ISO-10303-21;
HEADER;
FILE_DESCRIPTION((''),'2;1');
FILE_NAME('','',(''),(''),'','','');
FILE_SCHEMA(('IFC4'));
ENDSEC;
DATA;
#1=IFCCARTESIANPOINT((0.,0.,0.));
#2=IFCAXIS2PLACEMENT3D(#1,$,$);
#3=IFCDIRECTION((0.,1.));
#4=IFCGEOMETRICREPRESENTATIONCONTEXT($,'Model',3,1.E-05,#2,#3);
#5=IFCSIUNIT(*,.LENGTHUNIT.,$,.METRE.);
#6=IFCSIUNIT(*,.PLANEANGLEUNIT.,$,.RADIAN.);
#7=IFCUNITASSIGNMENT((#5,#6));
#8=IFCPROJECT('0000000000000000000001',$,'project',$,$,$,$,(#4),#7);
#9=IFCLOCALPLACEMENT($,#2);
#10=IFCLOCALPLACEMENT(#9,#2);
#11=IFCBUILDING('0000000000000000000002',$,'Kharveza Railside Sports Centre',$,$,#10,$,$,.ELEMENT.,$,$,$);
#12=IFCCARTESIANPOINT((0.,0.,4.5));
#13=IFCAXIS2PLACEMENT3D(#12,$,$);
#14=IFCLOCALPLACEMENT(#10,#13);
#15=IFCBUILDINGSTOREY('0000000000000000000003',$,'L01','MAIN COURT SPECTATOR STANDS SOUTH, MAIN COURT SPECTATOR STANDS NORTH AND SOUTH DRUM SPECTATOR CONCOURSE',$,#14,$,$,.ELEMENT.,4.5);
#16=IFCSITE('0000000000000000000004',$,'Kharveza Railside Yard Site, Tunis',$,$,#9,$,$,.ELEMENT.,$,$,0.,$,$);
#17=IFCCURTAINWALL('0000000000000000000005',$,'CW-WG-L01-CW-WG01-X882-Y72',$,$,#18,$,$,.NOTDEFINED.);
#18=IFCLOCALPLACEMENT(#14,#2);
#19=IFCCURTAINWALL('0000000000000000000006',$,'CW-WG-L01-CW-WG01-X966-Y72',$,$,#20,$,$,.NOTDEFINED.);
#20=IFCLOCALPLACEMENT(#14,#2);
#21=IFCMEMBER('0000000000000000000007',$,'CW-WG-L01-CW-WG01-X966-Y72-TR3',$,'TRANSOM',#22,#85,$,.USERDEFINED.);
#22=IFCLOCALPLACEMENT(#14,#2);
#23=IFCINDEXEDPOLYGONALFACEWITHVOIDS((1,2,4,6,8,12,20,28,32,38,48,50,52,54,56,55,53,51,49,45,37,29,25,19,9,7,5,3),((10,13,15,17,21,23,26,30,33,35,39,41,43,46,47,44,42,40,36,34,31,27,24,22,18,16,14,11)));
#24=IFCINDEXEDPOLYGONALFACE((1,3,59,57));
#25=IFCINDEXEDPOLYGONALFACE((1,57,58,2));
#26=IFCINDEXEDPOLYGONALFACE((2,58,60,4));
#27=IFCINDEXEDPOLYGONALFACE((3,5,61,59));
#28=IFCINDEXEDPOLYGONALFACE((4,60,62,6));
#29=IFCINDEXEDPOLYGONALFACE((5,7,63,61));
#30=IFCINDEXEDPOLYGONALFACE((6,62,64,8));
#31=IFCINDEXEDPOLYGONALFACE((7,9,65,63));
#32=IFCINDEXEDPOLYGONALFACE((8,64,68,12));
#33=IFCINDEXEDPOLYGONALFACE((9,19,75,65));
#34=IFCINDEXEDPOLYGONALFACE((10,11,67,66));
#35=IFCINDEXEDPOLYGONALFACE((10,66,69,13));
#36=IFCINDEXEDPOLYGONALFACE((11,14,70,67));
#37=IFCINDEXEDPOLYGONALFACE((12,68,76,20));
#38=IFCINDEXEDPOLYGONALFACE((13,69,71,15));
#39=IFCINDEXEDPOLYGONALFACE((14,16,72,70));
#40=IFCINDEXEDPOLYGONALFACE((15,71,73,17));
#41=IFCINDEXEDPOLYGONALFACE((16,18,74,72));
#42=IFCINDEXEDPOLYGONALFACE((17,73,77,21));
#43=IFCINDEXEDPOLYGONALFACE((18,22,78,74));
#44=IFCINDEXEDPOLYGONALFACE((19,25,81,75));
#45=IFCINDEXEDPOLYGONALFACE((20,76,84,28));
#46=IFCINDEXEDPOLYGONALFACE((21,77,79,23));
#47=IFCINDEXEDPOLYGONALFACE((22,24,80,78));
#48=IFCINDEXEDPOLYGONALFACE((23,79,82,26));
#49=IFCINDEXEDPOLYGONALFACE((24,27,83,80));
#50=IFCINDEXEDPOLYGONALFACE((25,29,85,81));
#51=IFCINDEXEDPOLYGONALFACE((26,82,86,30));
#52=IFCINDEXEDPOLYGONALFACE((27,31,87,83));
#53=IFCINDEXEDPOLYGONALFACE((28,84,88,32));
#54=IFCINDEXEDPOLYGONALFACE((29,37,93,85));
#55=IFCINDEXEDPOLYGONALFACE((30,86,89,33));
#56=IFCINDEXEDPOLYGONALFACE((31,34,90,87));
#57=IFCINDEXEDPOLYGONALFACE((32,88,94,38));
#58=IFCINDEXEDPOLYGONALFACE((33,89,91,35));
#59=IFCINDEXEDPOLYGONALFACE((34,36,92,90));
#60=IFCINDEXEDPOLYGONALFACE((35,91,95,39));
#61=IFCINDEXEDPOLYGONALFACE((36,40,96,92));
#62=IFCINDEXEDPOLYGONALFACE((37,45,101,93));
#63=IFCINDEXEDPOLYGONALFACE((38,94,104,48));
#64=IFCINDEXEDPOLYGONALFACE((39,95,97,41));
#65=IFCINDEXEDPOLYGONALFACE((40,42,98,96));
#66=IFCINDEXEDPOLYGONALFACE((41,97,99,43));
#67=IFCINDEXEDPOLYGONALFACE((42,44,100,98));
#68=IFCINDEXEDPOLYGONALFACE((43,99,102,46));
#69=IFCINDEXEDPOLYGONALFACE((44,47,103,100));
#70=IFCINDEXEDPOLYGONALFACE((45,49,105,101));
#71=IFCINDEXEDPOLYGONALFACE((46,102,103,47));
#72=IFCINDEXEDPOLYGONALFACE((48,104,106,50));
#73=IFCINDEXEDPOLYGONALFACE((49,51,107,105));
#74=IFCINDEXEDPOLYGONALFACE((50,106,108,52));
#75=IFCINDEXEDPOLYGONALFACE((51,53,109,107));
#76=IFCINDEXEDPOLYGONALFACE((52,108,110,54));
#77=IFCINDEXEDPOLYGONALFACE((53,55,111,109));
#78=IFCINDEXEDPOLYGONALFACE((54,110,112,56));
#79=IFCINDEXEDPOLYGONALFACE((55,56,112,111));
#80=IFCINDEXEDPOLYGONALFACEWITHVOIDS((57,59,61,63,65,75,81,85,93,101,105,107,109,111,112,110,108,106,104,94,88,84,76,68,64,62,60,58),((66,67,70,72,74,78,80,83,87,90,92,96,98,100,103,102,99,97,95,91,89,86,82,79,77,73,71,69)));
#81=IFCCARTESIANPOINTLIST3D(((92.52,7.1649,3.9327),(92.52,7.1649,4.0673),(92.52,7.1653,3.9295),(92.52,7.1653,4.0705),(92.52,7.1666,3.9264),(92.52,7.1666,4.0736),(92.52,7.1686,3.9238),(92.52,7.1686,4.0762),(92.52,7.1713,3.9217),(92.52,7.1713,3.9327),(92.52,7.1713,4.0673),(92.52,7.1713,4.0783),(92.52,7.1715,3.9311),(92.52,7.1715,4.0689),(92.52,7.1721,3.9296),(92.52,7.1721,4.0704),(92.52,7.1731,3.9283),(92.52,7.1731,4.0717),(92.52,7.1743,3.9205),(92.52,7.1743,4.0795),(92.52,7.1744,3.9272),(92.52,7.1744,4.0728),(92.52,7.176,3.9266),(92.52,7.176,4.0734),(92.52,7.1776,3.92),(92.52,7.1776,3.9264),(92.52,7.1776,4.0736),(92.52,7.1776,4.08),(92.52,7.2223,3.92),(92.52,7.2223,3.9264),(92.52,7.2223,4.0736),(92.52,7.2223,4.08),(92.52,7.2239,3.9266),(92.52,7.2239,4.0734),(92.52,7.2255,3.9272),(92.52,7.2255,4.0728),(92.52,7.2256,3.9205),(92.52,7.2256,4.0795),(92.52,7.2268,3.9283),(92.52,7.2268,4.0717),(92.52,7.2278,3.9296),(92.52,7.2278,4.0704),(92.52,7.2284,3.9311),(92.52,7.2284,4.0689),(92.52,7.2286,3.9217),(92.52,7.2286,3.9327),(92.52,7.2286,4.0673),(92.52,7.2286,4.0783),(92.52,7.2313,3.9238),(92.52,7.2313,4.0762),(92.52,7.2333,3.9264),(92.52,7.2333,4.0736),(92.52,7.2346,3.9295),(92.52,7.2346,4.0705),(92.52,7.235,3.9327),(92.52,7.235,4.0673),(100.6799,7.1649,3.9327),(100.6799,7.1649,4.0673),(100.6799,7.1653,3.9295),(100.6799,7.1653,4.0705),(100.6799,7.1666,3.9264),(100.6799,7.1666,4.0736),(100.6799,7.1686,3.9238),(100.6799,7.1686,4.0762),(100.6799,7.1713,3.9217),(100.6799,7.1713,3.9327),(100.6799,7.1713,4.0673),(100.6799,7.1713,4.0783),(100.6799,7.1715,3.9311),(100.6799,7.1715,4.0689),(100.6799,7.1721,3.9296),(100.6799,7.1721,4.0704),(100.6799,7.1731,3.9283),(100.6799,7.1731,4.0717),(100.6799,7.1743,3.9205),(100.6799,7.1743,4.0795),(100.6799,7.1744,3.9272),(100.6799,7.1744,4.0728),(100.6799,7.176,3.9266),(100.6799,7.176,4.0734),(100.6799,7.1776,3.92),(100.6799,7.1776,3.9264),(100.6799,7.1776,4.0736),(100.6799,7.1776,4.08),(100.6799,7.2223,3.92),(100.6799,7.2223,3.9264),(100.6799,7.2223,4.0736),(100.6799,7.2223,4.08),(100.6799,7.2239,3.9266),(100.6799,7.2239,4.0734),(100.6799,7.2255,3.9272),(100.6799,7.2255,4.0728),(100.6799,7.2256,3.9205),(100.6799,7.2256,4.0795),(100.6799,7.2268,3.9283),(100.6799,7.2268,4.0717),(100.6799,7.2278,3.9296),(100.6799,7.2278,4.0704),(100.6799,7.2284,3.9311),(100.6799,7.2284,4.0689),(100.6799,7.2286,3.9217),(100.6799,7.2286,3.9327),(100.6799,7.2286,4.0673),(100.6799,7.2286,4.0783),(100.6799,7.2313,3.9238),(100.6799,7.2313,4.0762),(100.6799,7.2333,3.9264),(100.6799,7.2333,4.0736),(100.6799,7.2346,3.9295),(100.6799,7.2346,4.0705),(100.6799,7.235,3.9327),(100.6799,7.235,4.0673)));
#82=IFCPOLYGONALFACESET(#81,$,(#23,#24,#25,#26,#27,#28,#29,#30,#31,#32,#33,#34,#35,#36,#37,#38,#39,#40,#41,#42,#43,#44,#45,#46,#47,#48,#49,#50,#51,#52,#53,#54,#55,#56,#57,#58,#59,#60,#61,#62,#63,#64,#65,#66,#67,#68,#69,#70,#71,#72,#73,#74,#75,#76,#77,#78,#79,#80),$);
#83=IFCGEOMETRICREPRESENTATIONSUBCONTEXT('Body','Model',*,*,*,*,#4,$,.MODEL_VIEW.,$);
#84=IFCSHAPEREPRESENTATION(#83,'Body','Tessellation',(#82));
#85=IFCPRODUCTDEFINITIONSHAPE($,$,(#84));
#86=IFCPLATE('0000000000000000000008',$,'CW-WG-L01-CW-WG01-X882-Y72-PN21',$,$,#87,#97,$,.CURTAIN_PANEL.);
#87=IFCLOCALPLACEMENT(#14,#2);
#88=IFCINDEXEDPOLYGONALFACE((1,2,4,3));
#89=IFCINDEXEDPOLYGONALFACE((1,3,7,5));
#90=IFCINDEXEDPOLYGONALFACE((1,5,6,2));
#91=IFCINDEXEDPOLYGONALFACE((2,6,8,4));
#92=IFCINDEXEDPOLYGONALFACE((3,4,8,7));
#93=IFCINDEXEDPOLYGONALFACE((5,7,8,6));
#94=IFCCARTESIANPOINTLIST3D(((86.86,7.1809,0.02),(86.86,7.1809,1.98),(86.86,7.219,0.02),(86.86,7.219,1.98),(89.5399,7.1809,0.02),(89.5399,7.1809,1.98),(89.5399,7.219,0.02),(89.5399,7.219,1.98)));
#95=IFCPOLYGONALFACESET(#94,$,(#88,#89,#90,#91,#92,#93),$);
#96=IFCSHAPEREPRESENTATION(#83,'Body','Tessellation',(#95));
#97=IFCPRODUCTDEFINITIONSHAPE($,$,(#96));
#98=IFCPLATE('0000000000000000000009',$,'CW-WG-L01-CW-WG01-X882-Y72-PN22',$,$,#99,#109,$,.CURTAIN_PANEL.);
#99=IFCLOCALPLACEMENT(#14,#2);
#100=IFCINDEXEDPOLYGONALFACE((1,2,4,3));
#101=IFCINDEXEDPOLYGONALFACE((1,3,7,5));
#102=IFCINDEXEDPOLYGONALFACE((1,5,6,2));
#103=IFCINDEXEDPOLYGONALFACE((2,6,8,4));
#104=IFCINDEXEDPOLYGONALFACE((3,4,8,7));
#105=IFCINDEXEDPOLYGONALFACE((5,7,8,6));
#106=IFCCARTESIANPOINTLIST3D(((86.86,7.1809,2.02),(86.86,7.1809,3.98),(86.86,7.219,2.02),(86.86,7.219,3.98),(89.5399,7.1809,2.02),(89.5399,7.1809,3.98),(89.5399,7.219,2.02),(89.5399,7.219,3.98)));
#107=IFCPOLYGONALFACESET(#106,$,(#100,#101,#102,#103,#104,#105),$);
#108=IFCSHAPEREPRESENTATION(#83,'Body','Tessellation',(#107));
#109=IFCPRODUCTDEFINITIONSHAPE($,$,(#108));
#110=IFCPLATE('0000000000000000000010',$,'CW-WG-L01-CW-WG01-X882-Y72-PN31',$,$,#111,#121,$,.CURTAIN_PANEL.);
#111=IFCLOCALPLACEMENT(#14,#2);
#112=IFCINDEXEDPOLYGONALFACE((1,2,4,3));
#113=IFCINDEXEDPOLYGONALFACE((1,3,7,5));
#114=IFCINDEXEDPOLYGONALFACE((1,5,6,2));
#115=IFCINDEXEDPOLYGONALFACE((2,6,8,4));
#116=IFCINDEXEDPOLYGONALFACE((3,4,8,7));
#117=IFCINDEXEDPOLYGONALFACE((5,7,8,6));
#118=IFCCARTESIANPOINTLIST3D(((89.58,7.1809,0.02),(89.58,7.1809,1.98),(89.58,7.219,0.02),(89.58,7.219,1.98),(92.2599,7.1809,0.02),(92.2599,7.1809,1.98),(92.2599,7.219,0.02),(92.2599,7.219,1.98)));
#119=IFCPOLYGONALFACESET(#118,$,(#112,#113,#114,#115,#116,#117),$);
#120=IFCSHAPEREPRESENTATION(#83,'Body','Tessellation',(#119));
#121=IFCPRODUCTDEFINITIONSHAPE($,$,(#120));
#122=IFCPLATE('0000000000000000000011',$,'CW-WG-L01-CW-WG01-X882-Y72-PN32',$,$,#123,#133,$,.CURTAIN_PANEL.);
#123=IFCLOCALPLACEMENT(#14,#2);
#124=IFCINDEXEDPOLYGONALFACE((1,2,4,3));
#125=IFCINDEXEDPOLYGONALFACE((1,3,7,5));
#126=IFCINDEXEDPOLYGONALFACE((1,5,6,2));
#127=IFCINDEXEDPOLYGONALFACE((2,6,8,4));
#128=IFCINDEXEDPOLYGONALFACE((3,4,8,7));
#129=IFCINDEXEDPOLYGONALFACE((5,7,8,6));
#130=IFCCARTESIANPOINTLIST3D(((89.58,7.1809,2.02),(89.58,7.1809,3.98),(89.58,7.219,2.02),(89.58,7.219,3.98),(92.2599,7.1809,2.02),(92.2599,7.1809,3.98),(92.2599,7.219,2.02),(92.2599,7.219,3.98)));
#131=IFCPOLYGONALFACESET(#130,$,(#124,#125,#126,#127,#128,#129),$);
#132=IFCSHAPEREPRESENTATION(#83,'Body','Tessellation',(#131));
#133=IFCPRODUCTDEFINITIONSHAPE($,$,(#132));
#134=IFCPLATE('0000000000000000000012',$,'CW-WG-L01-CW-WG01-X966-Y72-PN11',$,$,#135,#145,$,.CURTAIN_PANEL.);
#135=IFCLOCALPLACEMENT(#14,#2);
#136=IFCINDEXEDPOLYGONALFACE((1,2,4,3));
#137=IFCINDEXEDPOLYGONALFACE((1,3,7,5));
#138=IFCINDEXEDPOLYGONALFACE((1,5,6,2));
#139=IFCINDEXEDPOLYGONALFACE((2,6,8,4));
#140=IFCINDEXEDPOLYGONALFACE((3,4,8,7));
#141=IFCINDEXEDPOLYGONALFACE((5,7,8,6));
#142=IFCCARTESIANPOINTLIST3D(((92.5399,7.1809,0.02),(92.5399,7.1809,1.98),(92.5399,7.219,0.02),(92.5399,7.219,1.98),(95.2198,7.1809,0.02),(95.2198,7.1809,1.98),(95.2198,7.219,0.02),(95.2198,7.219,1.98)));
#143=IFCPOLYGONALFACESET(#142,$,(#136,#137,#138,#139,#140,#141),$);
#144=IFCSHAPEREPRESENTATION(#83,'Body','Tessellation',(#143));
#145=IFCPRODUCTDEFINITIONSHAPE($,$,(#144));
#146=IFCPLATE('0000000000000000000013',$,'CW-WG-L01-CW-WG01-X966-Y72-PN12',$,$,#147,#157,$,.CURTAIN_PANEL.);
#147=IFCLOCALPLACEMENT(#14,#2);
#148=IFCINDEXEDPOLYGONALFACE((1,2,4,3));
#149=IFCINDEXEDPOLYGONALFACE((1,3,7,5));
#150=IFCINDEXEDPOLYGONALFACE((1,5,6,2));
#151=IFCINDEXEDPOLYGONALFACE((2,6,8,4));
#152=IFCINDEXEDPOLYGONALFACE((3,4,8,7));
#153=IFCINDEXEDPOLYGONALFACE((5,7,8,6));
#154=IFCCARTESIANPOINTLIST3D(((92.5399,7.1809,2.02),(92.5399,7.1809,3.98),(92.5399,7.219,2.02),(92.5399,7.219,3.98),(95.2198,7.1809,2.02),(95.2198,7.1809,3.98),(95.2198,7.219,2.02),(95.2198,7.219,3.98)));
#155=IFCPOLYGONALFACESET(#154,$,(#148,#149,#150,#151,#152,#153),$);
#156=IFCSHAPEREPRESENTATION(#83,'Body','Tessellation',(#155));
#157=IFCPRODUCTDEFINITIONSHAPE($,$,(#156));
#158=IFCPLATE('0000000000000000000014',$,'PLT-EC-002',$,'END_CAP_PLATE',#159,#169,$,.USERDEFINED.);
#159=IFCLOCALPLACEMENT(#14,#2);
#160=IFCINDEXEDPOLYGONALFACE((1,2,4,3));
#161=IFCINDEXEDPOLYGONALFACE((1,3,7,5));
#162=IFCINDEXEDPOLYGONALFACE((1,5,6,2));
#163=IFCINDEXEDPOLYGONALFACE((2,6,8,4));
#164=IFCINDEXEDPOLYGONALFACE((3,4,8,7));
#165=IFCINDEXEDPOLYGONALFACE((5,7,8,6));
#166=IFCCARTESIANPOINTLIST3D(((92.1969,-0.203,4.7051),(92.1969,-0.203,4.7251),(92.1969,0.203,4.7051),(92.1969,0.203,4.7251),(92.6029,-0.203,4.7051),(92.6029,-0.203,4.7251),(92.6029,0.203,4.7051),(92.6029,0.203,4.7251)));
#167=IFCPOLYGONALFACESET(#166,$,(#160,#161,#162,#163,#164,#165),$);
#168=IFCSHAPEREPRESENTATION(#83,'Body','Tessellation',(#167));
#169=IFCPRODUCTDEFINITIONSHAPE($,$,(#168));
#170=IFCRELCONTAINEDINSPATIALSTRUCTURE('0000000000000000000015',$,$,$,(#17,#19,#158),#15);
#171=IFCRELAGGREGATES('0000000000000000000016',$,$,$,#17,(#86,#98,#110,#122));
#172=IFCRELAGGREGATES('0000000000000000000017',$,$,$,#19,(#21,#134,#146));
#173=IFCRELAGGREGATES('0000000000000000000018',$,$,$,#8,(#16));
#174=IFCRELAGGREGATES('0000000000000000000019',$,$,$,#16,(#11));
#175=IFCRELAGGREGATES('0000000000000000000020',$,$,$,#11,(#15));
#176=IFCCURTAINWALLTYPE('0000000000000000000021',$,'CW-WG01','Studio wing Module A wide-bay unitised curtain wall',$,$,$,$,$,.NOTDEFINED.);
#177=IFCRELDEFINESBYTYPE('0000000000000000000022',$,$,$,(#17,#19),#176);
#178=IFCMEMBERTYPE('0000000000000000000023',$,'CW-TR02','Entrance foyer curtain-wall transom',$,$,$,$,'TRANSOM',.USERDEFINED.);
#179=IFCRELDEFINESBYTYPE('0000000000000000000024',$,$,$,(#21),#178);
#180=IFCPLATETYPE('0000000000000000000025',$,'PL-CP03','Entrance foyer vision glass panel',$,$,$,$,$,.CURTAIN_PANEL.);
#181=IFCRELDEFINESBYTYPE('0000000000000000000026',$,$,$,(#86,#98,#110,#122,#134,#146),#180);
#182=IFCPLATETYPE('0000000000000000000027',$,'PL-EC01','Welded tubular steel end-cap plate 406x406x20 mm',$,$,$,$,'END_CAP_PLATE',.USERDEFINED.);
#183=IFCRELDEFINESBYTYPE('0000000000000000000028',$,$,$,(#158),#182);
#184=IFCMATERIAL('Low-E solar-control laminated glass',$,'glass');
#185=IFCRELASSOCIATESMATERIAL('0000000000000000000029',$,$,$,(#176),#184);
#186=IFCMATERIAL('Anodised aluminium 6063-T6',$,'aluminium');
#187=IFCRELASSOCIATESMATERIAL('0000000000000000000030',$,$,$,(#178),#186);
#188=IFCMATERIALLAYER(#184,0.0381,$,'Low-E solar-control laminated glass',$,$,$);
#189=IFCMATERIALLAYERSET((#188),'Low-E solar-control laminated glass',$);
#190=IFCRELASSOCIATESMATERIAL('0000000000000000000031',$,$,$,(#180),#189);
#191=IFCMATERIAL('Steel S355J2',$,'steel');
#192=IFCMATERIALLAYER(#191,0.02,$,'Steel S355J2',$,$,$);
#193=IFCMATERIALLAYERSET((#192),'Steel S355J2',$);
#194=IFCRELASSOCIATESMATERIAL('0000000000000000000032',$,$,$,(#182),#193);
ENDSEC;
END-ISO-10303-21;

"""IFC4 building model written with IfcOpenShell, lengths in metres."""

from ifc_helpers import new_model, si_unit, direction, frame, origin, origin_2d, place, context, subcontext, project, spatial, rectangle, hollow_rectangle, extrude, material, layer, layer_set, material_profile, profile_set, type_object, element, aggregate, save


model = new_model("IFC4")

# Units and contexts
model_context = context("Model", 3, precision=1e-05, world=origin(), true_north=direction((0.0, 1.0)))
body_context = subcontext(model_context, "Body", "Model", "MODEL_VIEW")
ifc_project = project(units=[si_unit("LENGTHUNIT", "METRE"), si_unit("PLANEANGLEUNIT", "RADIAN")], contexts=[model_context])

# Site, building, storey
site_placement = place(None, origin())
site = spatial("IfcSite", under=ifc_project, at=site_placement, Name="Kharveza Railside Yard Site, Tunis", CompositionType="ELEMENT", RefElevation=0.0)
building_placement = place(site_placement, origin())
building = spatial("IfcBuilding", under=site, at=building_placement, Name="Kharveza Railside Sports Centre", CompositionType="ELEMENT")
storey_placement = place(building_placement, frame((0.0, 0.0, 4.5)))
storey = spatial("IfcBuildingStorey", under=building, at=storey_placement, Name="L01", Description="MAIN COURT SPECTATOR STANDS SOUTH, MAIN COURT SPECTATOR STANDS NORTH AND SOUTH DRUM SPECTATOR CONCOURSE", CompositionType="ELEMENT", Elevation=4.5)

# Shared definitions
ifc_material_1 = material(Name="Steel S355J2", Category="steel")

# Curtain walls, member
ifc_material_2 = material(Name="Low-E solar-control laminated glass", Category="glass")
curtain_wall_type = type_object("IfcCurtainWallType", Name="CW-WG01", Description="Studio wing Module A wide-bay unitised curtain wall", PredefinedType="NOTDEFINED", material=ifc_material_2)
curtain_wall_1_placement = place(storey_placement, origin())
curtain_wall_1 = element("IfcCurtainWall", 1, at=curtain_wall_1_placement, inside=storey, type_object=curtain_wall_type, Name="CW-WG-L01-CW-WG01-X882-Y72", PredefinedType="NOTDEFINED")
ifc_material_3 = material(Name="Anodised aluminium 6063-T6", Category="aluminium")
curtain_wall_2_placement = place(storey_placement, origin())
curtain_wall_2 = element("IfcCurtainWall", 2, at=curtain_wall_2_placement, inside=storey, type_object=curtain_wall_type, Name="CW-WG-L01-CW-WG01-X966-Y72", PredefinedType="NOTDEFINED")
ifc_material_profile_1 = material_profile(ifc_material_3, hollow_rectangle(XDim=0.0701, YDim=0.1599, WallThickness=0.0063, InnerFilletRadius=0.0063, OuterFilletRadius=0.0127, at=origin_2d()), Name="RHS 70x160x6.3")
ifc_profile_set_1 = profile_set([ifc_material_profile_1], Name="Anodised aluminium 6063-T6")
member_type_1 = type_object("IfcMemberType", Name="CW-TR02", Description="Entrance foyer curtain-wall transom", ElementType="TRANSOM", PredefinedType="USERDEFINED", material=ifc_profile_set_1)
member_1_placement = place(storey_placement, frame((92.52, 7.2, 4.0), z_axis=(1.0, 0.0, 0.0), x_axis=(0.0, 1.0, 0.0)))
member_1 = element("IfcMember", 3, at=member_1_placement, type_object=member_type_1, Name="CW-WG-L01-CW-WG01-X966-Y72-TR3", ObjectType="TRANSOM", PredefinedType="USERDEFINED", context=body_context, shape_type="SweptSolid", body=[
    extrude(hollow_rectangle(XDim=0.0701, YDim=0.1599, WallThickness=0.0063, InnerFilletRadius=0.0063, OuterFilletRadius=0.0127, at=origin_2d()), origin(), (0.0, 0.0, 1.0), 8.1599),
])

# Plates
ifc_layer_1 = layer(ifc_material_2, 0.0381, Name="Low-E solar-control laminated glass")
ifc_layer_set_1 = layer_set([ifc_layer_1], Name="Low-E solar-control laminated glass")
plate_type_1 = type_object("IfcPlateType", Name="PL-CP03", Description="Entrance foyer vision glass panel", PredefinedType="CURTAIN_PANEL", material=ifc_layer_set_1)
plate_1_placement = place(storey_placement, frame((88.2, 7.2, 0.02), z_axis=(0.0, 0.0, 1.0), x_axis=(1.0, 0.0, 0.0)))
plate_1 = element("IfcPlate", 4, at=plate_1_placement, type_object=plate_type_1, Name="CW-WG-L01-CW-WG01-X882-Y72-PN21", PredefinedType="CURTAIN_PANEL", context=body_context, shape_type="SweptSolid", body=[
    extrude(rectangle(XDim=2.6799, YDim=0.0381, at=origin_2d()), origin(), (0.0, 0.0, 1.0), 1.96),
])
plate_2_placement = place(storey_placement, frame((88.2, 7.2, 2.02), z_axis=(0.0, 0.0, 1.0), x_axis=(1.0, 0.0, 0.0)))
plate_2 = element("IfcPlate", 5, at=plate_2_placement, type_object=plate_type_1, Name="CW-WG-L01-CW-WG01-X882-Y72-PN22", PredefinedType="CURTAIN_PANEL", context=body_context, shape_type="SweptSolid", body=[
    extrude(rectangle(XDim=2.6799, YDim=0.0381, at=origin_2d()), origin(), (0.0, 0.0, 1.0), 1.96),
])
plate_3_placement = place(storey_placement, frame((90.9199, 7.2, 0.02), z_axis=(0.0, 0.0, 1.0), x_axis=(1.0, 0.0, 0.0)))
plate_3 = element("IfcPlate", 6, at=plate_3_placement, type_object=plate_type_1, Name="CW-WG-L01-CW-WG01-X882-Y72-PN31", PredefinedType="CURTAIN_PANEL", context=body_context, shape_type="SweptSolid", body=[
    extrude(rectangle(XDim=2.6799, YDim=0.0381, at=origin_2d()), origin(), (0.0, 0.0, 1.0), 1.96),
])
plate_4_placement = place(storey_placement, frame((90.9199, 7.2, 2.02), z_axis=(0.0, 0.0, 1.0), x_axis=(1.0, 0.0, 0.0)))
plate_4 = element("IfcPlate", 7, at=plate_4_placement, type_object=plate_type_1, Name="CW-WG-L01-CW-WG01-X882-Y72-PN32", PredefinedType="CURTAIN_PANEL", context=body_context, shape_type="SweptSolid", body=[
    extrude(rectangle(XDim=2.6799, YDim=0.0381, at=origin_2d()), origin(), (0.0, 0.0, 1.0), 1.96),
])
aggregate(curtain_wall_1, [plate_1, plate_2, plate_3, plate_4])
plate_5_placement = place(storey_placement, frame((93.8799, 7.2, 0.02), z_axis=(0.0, 0.0, 1.0), x_axis=(1.0, 0.0, 0.0)))
plate_5 = element("IfcPlate", 8, at=plate_5_placement, type_object=plate_type_1, Name="CW-WG-L01-CW-WG01-X966-Y72-PN11", PredefinedType="CURTAIN_PANEL", context=body_context, shape_type="SweptSolid", body=[
    extrude(rectangle(XDim=2.6799, YDim=0.0381, at=origin_2d()), origin(), (0.0, 0.0, 1.0), 1.96),
])
plate_6_placement = place(storey_placement, frame((93.8799, 7.2, 2.02), z_axis=(0.0, 0.0, 1.0), x_axis=(1.0, 0.0, 0.0)))
plate_6 = element("IfcPlate", 9, at=plate_6_placement, type_object=plate_type_1, Name="CW-WG-L01-CW-WG01-X966-Y72-PN12", PredefinedType="CURTAIN_PANEL", context=body_context, shape_type="SweptSolid", body=[
    extrude(rectangle(XDim=2.6799, YDim=0.0381, at=origin_2d()), origin(), (0.0, 0.0, 1.0), 1.96),
])
aggregate(curtain_wall_2, [member_1, plate_5, plate_6])
ifc_layer_2 = layer(ifc_material_1, 0.02, Name="Steel S355J2")
ifc_layer_set_2 = layer_set([ifc_layer_2], Name="Steel S355J2")
plate_type_2 = type_object("IfcPlateType", Name="PL-EC01", Description="Welded tubular steel end-cap plate 406x406x20 mm", ElementType="END_CAP_PLATE", PredefinedType="USERDEFINED", material=ifc_layer_set_2)
plate_7_placement = place(storey_placement, frame((92.3999, 0.0, 4.7051), z_axis=(0.0, 0.0, 1.0), x_axis=(1.0, 0.0, 0.0)))
element("IfcPlate", 10, at=plate_7_placement, inside=storey, type_object=plate_type_2, Name="PLT-EC-002", ObjectType="END_CAP_PLATE", PredefinedType="USERDEFINED", context=body_context, shape_type="SweptSolid", body=[
    extrude(rectangle(XDim=0.406, YDim=0.406, at=origin_2d()), origin(), (0.0, 0.0, 1.0), 0.02),
])

save(model, "model.ifc")
